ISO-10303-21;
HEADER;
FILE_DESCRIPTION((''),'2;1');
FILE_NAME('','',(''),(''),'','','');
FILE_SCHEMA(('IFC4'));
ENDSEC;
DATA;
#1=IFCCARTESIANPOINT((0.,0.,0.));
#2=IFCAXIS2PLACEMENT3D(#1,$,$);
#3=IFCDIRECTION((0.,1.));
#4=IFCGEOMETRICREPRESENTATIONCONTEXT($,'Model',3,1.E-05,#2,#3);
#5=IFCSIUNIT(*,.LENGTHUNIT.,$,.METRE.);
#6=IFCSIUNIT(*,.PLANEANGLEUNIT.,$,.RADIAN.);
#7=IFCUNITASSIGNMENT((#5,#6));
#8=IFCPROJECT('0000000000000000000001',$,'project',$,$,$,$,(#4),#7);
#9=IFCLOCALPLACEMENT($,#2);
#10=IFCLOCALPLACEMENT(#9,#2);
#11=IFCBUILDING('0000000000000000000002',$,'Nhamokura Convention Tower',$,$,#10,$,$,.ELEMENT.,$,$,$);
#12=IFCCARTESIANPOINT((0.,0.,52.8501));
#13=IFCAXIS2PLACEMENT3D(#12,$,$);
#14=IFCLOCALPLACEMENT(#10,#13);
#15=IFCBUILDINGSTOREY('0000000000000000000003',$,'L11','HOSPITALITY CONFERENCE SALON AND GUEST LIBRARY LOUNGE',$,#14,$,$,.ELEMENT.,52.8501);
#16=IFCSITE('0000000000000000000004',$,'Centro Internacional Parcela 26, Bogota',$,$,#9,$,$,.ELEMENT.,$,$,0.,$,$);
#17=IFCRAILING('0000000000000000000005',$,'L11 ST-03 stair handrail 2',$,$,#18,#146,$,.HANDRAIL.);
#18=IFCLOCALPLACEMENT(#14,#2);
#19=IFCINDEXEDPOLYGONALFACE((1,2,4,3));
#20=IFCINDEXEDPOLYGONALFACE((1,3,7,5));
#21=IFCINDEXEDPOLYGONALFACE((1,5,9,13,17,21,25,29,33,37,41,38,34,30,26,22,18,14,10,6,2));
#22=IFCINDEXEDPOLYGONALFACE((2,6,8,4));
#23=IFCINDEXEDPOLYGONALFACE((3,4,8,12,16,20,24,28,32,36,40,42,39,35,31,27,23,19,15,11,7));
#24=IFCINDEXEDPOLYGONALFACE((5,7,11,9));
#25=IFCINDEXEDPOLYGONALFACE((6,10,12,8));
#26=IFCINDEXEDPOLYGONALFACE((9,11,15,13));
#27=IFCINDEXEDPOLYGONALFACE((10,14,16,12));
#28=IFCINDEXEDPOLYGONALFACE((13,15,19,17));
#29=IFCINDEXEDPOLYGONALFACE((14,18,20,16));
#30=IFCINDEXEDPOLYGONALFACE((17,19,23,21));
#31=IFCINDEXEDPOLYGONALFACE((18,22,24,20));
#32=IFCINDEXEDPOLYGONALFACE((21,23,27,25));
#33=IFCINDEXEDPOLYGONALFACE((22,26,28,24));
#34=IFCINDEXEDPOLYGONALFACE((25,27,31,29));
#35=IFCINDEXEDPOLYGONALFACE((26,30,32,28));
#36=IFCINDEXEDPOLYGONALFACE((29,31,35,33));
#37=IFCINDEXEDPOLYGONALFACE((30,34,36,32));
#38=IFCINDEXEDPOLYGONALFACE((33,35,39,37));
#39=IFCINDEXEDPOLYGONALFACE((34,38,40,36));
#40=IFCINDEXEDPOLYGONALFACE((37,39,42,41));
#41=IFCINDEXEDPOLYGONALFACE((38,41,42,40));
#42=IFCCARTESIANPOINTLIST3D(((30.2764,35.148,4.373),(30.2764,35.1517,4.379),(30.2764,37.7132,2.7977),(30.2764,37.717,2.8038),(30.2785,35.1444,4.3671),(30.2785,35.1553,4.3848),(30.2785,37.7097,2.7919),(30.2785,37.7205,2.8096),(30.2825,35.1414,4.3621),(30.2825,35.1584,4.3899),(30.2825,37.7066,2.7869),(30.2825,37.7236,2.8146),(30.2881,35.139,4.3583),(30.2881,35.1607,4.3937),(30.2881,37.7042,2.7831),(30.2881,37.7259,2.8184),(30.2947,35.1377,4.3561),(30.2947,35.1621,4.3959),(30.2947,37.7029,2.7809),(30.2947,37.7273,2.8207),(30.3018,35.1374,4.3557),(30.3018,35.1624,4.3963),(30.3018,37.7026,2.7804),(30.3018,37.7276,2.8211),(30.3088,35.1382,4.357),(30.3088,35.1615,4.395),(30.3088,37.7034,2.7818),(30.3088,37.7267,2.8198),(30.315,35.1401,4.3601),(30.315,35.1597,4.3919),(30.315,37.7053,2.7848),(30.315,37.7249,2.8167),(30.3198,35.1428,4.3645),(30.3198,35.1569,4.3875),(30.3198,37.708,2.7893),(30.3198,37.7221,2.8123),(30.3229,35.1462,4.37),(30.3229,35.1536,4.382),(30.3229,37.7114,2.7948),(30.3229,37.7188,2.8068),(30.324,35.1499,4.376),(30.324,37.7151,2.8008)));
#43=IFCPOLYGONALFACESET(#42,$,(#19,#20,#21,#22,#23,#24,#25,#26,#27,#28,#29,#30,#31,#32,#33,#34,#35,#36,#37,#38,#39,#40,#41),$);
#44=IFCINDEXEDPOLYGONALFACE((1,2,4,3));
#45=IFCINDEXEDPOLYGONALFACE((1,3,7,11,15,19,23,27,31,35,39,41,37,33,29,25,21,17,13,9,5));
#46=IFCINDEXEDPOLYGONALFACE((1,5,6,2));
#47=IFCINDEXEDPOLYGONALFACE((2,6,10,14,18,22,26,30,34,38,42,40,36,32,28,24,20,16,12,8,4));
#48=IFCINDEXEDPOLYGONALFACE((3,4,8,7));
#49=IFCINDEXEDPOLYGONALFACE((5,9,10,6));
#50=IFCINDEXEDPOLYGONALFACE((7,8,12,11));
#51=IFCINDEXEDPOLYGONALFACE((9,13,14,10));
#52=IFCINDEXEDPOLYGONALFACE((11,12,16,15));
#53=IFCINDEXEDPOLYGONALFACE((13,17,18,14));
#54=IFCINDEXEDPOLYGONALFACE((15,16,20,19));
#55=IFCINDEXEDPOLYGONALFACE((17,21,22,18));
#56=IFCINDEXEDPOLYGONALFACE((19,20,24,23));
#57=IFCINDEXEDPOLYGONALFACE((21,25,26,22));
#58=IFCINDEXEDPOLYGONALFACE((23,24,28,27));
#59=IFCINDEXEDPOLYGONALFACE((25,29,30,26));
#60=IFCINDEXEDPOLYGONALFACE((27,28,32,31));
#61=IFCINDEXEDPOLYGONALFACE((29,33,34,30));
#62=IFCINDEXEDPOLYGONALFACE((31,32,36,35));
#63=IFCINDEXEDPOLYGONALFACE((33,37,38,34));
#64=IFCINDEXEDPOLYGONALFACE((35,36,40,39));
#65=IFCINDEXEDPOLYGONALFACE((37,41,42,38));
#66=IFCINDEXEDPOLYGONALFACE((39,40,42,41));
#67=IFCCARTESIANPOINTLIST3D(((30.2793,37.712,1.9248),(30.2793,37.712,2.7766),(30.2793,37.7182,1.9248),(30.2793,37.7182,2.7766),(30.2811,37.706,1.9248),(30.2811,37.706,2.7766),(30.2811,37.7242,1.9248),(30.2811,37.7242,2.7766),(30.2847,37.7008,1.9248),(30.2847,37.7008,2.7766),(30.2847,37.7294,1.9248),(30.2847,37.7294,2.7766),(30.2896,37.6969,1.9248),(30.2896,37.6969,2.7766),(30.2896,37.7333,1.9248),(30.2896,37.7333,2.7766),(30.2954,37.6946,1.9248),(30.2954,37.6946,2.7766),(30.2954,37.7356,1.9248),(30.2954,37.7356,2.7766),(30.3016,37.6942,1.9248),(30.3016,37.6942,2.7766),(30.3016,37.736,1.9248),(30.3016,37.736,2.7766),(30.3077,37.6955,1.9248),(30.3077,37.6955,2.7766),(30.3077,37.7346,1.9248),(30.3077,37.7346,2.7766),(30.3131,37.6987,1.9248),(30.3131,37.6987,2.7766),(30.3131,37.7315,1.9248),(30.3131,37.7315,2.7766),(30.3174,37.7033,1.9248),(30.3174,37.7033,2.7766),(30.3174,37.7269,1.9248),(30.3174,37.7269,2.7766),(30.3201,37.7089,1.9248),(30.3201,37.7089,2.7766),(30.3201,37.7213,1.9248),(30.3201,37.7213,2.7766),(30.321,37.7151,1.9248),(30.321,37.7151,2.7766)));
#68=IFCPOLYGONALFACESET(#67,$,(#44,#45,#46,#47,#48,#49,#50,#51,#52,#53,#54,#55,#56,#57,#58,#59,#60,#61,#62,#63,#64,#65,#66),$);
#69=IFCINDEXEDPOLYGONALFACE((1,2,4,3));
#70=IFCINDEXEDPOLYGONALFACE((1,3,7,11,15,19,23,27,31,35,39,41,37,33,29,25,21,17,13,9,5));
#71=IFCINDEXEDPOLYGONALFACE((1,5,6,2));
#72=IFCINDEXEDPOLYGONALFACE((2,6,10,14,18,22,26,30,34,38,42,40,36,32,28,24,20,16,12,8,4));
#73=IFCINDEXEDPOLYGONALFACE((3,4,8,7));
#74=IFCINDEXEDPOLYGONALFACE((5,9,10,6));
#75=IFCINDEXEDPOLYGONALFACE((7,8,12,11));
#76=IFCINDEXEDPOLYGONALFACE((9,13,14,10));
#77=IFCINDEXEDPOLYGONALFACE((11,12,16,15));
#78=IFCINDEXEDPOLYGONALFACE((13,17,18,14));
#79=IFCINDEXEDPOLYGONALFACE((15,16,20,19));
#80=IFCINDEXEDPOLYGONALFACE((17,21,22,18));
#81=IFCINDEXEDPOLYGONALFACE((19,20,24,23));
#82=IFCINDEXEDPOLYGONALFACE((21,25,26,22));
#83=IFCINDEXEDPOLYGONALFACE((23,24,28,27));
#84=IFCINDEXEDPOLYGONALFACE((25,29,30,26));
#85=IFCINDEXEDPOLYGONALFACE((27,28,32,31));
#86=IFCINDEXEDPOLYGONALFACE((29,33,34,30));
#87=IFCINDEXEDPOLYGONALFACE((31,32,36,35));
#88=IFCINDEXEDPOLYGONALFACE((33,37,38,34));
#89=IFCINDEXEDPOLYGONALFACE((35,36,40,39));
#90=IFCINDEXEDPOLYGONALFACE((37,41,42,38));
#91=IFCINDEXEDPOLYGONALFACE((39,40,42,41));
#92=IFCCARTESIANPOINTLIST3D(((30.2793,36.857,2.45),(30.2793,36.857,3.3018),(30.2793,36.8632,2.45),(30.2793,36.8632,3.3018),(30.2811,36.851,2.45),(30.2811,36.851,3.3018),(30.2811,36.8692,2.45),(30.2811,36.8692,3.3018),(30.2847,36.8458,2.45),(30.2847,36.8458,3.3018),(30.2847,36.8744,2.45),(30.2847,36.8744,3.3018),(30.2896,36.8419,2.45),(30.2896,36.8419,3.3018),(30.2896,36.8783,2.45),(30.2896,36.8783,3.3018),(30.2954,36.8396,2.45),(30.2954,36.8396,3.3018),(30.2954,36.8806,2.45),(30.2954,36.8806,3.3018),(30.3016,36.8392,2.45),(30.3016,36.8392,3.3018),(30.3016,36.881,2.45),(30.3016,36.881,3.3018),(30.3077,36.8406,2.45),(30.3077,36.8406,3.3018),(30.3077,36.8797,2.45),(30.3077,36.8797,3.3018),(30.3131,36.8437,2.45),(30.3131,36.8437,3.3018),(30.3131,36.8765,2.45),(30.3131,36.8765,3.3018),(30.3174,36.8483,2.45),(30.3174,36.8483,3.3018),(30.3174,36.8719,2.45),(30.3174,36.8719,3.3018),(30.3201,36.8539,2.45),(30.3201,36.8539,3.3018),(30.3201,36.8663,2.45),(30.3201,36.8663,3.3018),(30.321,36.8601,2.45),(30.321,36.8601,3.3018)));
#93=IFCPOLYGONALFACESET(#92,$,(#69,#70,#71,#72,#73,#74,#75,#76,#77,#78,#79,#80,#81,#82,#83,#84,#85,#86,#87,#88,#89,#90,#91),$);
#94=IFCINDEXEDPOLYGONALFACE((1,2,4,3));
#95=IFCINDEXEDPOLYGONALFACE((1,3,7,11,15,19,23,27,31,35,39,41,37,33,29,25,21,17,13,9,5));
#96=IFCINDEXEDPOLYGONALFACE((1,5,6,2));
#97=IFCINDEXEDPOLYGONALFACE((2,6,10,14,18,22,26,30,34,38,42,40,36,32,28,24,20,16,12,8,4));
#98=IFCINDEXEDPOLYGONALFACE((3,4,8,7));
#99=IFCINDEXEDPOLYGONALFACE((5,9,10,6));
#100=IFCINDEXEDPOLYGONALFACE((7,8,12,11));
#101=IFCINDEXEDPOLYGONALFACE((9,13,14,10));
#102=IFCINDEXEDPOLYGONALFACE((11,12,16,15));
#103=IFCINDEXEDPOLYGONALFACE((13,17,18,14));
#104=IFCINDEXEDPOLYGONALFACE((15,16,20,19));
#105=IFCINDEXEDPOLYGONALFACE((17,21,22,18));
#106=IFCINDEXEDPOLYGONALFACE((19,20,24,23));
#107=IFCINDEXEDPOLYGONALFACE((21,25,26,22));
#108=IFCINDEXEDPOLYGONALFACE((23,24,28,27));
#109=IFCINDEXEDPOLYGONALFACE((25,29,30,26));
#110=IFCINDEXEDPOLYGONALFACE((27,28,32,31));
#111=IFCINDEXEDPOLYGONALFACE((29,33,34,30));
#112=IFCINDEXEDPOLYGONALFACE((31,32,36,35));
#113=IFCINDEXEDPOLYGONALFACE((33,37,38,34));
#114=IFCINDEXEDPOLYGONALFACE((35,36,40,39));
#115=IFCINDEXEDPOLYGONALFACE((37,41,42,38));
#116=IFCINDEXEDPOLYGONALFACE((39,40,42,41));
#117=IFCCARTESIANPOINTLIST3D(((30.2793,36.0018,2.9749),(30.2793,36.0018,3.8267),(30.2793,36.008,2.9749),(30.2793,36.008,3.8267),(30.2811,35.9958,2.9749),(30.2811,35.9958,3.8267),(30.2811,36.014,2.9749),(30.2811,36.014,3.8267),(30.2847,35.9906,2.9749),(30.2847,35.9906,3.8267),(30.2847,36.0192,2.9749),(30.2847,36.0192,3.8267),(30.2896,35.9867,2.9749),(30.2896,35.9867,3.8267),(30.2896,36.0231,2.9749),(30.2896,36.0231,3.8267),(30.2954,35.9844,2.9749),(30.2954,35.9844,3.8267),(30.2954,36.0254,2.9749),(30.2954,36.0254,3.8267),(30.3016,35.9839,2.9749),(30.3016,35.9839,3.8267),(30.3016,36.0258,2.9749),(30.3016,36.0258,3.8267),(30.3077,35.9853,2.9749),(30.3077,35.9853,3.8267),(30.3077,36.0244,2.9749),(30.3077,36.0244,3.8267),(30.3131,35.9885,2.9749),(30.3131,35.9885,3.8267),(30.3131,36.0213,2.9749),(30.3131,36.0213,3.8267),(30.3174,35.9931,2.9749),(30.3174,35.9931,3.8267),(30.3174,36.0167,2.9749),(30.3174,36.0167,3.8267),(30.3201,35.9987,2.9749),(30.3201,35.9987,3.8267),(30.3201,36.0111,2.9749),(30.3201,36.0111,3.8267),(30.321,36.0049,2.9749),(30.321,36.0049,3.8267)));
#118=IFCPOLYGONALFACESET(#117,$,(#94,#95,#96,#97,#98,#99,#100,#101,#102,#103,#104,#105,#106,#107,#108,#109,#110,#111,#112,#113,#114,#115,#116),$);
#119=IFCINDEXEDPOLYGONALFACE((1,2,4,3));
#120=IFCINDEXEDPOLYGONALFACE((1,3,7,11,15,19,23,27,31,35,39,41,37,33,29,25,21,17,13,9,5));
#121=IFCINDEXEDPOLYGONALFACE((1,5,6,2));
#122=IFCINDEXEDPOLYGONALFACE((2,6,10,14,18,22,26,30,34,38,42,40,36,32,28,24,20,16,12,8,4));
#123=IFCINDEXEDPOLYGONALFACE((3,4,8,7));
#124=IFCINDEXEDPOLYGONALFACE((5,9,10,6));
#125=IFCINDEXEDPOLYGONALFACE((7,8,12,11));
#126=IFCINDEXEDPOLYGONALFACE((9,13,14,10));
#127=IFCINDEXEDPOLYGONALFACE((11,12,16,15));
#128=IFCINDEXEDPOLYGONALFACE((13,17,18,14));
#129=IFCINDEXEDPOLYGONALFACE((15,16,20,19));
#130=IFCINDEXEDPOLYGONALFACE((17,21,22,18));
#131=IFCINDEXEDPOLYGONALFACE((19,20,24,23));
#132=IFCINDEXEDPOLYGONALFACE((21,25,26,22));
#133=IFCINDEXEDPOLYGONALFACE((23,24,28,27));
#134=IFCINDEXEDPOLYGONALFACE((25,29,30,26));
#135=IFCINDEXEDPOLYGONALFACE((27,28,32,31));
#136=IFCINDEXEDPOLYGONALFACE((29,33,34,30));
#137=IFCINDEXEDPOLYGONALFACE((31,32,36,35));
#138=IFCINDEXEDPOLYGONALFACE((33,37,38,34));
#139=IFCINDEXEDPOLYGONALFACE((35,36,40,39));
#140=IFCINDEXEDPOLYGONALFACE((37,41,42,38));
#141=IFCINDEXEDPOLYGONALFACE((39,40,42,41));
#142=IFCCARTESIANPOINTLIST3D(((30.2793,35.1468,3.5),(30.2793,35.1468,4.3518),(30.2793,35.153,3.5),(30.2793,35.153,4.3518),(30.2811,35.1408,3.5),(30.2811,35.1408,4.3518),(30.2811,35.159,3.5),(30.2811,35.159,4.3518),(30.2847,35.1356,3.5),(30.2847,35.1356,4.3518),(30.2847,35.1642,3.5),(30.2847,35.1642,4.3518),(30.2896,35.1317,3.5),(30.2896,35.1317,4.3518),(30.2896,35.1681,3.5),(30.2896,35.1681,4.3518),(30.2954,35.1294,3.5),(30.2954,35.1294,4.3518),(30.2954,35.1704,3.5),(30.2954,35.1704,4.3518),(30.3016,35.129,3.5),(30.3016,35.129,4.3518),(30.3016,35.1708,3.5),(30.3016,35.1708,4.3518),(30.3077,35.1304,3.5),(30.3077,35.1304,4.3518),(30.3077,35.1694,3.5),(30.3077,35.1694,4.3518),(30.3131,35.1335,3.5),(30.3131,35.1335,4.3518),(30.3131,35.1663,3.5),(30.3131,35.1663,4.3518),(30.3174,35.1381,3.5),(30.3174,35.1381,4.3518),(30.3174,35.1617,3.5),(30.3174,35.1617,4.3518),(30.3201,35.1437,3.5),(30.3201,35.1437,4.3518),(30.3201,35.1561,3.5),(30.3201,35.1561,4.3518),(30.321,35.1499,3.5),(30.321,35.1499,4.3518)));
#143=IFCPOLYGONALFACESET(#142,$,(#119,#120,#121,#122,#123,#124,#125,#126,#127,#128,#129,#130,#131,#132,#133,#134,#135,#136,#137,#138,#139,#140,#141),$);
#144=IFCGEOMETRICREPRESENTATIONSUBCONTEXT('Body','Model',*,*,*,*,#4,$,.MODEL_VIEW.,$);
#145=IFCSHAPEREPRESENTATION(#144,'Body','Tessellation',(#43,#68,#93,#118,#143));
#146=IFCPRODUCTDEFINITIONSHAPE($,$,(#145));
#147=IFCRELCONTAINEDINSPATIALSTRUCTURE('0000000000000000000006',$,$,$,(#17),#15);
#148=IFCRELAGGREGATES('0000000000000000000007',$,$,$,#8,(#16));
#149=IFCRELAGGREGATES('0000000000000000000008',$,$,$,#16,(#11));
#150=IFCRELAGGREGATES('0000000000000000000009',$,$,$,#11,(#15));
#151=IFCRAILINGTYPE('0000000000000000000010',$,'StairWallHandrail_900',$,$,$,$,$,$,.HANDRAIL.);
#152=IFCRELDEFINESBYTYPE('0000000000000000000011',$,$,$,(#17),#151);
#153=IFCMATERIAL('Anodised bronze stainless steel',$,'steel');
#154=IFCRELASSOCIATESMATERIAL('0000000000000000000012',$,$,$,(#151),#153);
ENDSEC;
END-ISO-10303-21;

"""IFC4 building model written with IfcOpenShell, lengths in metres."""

from ifc_helpers import new_model, si_unit, direction, frame, origin, origin_2d, place, context, subcontext, project, spatial, circle, extrude, material, type_object, element, save


model = new_model("IFC4")

# Units and contexts
model_context = context("Model", 3, precision=1e-05, world=origin(), true_north=direction((0.0, 1.0)))
body_context = subcontext(model_context, "Body", "Model", "MODEL_VIEW")
ifc_project = project(units=[si_unit("LENGTHUNIT", "METRE"), si_unit("PLANEANGLEUNIT", "RADIAN")], contexts=[model_context])

# Site, building, storey
site_placement = place(None, origin())
site = spatial("IfcSite", under=ifc_project, at=site_placement, Name="Centro Internacional Parcela 26, Bogota", CompositionType="ELEMENT", RefElevation=0.0)
building_placement = place(site_placement, origin())
building = spatial("IfcBuilding", under=site, at=building_placement, Name="Nhamokura Convention Tower", CompositionType="ELEMENT")
storey_placement = place(building_placement, frame((0.0, 0.0, 52.8501)))
storey = spatial("IfcBuildingStorey", under=building, at=storey_placement, Name="L11", Description="HOSPITALITY CONFERENCE SALON AND GUEST LIBRARY LOUNGE", CompositionType="ELEMENT", Elevation=52.8501)

# Railing
ifc_material_1 = material(Name="Anodised bronze stainless steel", Category="steel")
railing_type = type_object("IfcRailingType", Name="StairWallHandrail_900", PredefinedType="HANDRAIL", material=ifc_material_1)
railing_placement = place(storey_placement, frame((30.3, 37.7151, 1.9248)))
element("IfcRailing", 1, at=railing_placement, inside=storey, type_object=railing_type, Name="L11 ST-03 stair handrail 2", PredefinedType="HANDRAIL", context=body_context, shape_type="SweptSolid", body=[
    extrude(circle(Radius=0.0239, at=origin_2d()), frame((0.0, 0.0, 0.876), z_axis=(0.0, -0.852159, 0.523283), x_axis=(1.0, 0.0, 0.0)), (0.0, 0.0, 1.0), 3.0103),
    extrude(circle(Radius=0.021, at=origin_2d()), origin(), (0.0, 0.0, 1.0), 0.8518),
    extrude(circle(Radius=0.021, at=origin_2d()), frame((0.0, -0.855, 0.5251)), (0.0, 0.0, 1.0), 0.8518),
    extrude(circle(Radius=0.021, at=origin_2d()), frame((0.0, -1.7102, 1.05)), (0.0, 0.0, 1.0), 0.8518),
    extrude(circle(Radius=0.021, at=origin_2d()), frame((0.0, -2.5652, 1.5752)), (0.0, 0.0, 1.0), 0.8518),
])

save(model, "model.ifc")
